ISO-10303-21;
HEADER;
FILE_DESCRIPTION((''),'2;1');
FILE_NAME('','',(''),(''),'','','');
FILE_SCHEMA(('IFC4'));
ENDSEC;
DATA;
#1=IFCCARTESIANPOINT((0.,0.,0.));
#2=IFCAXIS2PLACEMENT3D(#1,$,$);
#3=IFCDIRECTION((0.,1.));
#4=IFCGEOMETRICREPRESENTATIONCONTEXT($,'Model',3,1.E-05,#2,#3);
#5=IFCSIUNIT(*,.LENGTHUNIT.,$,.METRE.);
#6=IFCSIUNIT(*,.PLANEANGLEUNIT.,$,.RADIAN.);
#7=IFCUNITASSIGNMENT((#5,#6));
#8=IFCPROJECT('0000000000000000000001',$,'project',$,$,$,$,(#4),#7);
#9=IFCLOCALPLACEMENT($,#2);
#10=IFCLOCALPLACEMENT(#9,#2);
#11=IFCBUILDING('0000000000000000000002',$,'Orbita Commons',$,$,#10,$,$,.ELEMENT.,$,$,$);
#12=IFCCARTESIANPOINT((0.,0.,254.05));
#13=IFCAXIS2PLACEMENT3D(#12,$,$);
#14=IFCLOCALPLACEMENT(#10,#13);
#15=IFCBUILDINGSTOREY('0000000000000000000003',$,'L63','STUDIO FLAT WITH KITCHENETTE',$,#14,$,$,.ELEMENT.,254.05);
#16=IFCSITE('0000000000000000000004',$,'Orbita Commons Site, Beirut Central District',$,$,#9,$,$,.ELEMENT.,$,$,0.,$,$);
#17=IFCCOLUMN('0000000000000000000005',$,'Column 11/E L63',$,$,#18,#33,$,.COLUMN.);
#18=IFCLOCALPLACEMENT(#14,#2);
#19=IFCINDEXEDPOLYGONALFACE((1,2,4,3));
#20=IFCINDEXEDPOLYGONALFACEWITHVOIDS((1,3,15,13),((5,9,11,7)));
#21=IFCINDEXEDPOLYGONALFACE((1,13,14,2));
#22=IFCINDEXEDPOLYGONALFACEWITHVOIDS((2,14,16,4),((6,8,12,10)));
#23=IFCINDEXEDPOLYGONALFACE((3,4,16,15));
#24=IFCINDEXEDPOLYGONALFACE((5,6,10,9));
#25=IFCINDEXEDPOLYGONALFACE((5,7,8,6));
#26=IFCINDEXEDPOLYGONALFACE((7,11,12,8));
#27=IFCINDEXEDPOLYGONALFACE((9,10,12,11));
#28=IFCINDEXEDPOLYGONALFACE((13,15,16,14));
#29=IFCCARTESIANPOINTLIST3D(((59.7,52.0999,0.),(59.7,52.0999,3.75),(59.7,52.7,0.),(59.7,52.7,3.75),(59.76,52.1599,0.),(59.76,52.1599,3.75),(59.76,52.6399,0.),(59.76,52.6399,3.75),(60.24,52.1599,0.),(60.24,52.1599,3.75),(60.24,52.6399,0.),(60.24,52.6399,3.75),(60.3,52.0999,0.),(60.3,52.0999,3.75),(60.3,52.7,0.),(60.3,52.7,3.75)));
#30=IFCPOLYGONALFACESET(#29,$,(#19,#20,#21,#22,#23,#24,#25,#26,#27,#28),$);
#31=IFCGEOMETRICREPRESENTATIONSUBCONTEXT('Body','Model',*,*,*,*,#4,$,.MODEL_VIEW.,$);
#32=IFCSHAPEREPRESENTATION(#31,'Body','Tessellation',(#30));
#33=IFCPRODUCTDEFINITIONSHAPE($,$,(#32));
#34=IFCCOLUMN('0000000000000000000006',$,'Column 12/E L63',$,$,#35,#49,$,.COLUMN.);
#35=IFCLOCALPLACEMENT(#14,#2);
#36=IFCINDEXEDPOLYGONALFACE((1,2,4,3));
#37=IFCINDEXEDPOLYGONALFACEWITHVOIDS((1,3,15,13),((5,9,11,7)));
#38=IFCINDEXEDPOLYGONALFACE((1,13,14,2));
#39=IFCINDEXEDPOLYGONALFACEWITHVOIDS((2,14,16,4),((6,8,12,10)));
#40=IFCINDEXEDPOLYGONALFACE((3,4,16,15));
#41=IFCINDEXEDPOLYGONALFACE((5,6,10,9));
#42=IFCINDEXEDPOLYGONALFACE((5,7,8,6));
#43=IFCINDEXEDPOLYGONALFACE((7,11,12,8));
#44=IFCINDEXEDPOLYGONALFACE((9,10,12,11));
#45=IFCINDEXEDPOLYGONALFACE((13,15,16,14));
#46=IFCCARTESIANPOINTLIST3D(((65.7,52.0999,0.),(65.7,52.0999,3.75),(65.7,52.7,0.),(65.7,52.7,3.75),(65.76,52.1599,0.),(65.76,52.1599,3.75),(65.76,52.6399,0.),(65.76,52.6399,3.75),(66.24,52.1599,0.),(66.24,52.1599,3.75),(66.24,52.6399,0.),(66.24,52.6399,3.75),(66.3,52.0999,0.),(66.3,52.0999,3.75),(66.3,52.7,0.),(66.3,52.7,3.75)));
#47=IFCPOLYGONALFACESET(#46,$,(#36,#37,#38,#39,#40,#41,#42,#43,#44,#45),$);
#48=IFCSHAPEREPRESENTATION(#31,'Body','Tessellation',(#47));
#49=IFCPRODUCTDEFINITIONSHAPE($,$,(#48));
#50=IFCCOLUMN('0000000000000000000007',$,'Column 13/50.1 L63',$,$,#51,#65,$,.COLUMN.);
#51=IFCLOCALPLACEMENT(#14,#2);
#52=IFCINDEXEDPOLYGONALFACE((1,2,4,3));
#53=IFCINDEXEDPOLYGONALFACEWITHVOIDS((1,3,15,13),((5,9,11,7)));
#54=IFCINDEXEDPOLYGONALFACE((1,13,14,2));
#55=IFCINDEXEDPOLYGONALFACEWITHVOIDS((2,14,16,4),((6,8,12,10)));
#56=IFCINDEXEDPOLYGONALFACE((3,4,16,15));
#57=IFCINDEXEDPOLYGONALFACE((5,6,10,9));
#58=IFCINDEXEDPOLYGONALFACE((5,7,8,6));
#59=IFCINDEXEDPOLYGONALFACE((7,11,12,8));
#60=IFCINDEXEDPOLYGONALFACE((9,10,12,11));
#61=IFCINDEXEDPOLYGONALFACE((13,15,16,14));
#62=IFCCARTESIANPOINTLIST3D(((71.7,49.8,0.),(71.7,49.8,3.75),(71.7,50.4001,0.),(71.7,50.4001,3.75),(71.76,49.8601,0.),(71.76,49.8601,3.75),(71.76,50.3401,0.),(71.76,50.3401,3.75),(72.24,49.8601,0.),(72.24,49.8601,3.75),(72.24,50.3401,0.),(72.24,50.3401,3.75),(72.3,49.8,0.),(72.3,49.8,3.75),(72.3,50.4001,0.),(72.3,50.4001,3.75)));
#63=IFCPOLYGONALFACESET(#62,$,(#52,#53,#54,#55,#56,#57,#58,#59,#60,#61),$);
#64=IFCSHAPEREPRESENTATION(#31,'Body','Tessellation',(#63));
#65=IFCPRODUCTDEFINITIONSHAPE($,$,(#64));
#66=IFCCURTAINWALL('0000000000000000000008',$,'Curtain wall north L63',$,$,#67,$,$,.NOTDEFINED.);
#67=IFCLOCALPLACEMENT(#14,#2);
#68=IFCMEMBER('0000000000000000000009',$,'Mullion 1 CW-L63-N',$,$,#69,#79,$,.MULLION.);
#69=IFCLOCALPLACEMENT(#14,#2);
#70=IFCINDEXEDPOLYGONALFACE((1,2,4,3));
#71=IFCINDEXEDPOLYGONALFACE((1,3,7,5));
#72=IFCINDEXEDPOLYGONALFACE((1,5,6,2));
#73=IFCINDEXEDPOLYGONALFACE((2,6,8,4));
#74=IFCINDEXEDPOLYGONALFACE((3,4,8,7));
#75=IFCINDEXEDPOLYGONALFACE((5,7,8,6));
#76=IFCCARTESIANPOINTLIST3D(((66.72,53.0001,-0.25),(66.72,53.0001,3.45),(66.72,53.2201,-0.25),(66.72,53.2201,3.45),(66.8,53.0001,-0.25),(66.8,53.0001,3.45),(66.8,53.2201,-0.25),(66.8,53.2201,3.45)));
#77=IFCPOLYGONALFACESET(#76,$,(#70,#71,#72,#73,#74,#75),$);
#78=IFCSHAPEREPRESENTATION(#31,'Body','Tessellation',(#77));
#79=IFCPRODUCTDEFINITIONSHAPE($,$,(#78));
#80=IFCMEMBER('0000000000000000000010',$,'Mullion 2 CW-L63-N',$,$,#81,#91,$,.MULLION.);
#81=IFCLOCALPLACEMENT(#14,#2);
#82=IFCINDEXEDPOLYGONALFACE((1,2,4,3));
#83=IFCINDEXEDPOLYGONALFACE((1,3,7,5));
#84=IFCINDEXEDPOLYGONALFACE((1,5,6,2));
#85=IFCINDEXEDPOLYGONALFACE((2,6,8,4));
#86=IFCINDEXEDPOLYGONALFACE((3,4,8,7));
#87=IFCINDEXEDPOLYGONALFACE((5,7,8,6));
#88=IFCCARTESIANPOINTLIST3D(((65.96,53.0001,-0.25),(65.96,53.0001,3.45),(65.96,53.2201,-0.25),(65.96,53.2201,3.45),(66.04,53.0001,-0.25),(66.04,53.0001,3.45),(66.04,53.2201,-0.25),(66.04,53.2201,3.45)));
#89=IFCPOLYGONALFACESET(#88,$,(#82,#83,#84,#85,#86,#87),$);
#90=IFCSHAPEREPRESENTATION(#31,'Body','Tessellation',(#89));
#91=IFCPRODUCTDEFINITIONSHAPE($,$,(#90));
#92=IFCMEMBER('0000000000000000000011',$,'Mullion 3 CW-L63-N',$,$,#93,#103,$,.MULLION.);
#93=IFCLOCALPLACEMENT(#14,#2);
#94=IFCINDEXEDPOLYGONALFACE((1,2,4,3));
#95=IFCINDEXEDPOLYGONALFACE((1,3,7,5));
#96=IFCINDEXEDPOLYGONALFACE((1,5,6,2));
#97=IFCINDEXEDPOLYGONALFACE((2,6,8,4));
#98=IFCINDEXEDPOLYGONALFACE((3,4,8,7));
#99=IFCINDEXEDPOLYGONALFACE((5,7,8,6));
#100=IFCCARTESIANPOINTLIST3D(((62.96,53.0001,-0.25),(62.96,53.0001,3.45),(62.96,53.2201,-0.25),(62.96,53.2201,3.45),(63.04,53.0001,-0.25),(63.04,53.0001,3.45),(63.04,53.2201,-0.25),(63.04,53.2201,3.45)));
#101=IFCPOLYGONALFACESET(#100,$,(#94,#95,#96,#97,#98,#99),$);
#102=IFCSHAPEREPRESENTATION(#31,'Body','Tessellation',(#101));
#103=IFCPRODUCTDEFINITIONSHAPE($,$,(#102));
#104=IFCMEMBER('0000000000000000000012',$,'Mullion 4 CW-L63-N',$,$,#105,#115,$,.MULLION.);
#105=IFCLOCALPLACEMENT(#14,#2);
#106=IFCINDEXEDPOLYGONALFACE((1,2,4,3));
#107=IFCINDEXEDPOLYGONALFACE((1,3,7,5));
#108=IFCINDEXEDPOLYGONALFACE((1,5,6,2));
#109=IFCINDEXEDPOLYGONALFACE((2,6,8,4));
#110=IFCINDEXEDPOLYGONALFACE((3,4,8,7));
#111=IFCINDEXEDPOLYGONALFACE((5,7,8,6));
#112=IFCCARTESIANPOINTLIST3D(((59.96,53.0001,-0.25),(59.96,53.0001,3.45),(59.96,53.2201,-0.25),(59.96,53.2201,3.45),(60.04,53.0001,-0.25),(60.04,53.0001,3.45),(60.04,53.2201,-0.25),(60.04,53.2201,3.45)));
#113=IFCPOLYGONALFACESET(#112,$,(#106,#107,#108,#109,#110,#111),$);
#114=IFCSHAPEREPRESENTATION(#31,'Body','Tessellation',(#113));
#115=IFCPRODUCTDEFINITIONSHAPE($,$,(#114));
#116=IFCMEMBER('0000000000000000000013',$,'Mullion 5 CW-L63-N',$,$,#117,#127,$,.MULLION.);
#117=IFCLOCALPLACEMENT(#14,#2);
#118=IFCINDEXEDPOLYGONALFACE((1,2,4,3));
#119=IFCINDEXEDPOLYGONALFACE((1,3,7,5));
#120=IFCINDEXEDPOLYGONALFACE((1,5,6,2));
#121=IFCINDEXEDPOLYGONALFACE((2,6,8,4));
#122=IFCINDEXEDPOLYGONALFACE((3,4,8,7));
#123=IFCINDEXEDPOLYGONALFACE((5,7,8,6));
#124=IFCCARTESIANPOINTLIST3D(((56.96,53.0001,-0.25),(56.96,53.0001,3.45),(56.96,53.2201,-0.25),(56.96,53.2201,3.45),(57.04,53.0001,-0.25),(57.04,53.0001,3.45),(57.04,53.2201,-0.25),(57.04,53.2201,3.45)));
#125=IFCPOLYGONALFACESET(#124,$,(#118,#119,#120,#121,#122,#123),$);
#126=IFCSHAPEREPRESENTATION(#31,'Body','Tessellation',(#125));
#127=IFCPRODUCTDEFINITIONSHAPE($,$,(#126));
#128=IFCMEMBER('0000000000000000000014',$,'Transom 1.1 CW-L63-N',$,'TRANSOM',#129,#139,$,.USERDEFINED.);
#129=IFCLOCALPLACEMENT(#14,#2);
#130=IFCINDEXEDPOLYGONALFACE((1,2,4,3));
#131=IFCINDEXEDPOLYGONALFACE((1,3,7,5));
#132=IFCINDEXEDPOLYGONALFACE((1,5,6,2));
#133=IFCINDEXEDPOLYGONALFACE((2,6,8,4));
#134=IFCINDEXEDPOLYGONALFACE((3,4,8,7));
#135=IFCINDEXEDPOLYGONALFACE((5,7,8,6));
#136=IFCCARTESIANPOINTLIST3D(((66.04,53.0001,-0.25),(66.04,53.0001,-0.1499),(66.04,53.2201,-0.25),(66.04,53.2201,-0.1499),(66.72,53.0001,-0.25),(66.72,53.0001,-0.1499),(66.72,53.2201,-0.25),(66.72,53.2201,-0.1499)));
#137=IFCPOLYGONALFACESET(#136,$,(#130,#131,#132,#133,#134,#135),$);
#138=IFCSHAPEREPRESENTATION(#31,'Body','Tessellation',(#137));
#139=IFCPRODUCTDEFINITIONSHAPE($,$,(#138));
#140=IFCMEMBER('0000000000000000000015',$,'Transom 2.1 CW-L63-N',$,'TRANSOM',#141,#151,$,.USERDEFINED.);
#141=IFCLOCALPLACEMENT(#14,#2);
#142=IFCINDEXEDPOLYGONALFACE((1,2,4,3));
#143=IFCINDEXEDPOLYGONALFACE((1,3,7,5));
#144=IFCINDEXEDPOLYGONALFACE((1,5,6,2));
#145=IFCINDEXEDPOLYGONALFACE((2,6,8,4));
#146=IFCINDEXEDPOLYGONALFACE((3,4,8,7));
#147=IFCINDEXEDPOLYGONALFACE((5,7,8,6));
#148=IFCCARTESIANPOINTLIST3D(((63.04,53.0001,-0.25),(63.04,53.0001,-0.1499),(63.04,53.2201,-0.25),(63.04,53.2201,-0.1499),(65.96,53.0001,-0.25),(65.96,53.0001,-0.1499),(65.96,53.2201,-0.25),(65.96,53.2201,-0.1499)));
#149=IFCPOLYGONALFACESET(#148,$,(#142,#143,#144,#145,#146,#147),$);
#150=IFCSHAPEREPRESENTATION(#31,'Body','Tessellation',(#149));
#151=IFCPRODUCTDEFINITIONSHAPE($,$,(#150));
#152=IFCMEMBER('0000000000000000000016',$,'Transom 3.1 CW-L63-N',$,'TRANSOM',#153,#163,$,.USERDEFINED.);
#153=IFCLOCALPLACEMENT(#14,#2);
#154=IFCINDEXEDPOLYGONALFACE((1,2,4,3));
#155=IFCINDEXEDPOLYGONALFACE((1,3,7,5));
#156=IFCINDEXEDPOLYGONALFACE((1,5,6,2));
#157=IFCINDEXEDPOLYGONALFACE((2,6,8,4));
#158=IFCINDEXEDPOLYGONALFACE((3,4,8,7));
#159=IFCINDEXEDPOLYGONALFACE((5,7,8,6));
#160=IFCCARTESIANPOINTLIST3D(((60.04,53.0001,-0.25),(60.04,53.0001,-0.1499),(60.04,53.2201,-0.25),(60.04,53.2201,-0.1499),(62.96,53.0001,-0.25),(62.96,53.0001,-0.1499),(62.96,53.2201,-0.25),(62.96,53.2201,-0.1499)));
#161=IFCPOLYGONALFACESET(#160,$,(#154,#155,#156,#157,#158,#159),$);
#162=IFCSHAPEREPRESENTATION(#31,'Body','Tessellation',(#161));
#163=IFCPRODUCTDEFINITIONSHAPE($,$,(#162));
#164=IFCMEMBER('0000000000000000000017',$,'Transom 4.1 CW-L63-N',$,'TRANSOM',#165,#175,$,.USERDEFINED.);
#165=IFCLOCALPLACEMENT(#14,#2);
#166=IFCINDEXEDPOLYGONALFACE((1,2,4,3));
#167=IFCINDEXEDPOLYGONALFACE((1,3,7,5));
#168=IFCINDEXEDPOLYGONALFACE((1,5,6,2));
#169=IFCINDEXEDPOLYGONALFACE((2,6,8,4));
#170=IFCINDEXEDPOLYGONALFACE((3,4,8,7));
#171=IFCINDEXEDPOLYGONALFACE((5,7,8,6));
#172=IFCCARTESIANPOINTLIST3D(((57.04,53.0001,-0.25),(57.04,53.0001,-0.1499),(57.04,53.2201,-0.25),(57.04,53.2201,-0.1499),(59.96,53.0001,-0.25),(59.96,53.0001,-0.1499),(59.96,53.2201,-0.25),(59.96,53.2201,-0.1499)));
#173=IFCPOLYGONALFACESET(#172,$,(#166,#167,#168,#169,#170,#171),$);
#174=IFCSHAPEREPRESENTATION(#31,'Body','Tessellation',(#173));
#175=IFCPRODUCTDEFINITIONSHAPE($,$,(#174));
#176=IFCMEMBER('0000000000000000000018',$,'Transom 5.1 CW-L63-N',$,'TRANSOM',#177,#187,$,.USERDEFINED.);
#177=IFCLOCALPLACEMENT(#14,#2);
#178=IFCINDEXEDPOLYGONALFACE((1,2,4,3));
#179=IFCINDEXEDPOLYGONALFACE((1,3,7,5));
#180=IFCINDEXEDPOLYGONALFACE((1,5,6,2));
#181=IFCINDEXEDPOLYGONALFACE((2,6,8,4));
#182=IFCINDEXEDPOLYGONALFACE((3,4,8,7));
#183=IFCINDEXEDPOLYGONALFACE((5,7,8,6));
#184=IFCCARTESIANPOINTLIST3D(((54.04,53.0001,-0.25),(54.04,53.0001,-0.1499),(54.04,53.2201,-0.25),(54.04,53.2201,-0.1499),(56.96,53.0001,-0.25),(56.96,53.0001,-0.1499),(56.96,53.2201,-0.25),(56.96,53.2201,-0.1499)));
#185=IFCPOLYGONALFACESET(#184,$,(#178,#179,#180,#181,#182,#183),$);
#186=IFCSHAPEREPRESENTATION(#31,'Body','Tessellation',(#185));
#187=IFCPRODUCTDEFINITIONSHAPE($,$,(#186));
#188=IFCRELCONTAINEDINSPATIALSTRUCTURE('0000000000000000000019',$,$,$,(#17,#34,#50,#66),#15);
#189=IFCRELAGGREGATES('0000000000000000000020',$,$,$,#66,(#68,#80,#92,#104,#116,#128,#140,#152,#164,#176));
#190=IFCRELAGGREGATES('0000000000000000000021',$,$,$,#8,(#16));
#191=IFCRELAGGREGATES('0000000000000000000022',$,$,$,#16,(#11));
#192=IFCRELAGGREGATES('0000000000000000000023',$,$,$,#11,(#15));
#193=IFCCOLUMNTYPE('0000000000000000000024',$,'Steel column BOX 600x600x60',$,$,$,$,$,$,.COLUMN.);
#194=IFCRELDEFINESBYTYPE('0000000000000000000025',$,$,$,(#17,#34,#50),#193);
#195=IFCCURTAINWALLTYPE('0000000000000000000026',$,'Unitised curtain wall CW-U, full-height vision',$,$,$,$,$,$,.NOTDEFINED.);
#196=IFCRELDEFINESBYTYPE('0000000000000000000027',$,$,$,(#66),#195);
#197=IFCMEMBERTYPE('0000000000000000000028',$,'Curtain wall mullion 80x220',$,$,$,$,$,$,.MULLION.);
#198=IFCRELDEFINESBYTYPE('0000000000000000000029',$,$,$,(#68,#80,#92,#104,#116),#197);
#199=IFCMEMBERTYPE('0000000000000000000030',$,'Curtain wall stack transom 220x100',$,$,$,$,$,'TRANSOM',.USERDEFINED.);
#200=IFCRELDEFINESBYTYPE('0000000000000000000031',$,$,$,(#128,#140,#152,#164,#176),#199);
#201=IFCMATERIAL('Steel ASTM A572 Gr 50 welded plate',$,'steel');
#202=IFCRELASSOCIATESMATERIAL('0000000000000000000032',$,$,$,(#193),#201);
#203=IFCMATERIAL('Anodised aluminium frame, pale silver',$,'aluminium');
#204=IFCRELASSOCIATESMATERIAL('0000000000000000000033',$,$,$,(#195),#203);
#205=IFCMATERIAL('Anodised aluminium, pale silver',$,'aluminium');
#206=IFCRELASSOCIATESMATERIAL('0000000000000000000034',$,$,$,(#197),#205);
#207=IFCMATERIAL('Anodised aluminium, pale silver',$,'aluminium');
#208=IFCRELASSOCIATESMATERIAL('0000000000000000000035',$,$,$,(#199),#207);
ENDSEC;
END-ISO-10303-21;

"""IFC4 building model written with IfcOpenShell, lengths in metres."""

from ifc_helpers import new_model, si_unit, direction, frame, origin, origin_2d, place, context, subcontext, project, spatial, rectangle, hollow_rectangle, extrude, material, material_profile, profile_set, type_object, element, aggregate, save


model = new_model("IFC4")

# Units and contexts
model_context = context("Model", 3, precision=1e-05, world=origin(), true_north=direction((0.0, 1.0)))
body_context = subcontext(model_context, "Body", "Model", "MODEL_VIEW")
ifc_project = project(units=[si_unit("LENGTHUNIT", "METRE"), si_unit("PLANEANGLEUNIT", "RADIAN")], contexts=[model_context])

# Site, building, storey
site_placement = place(None, origin())
site = spatial("IfcSite", under=ifc_project, at=site_placement, Name="Orbita Commons Site, Beirut Central District", CompositionType="ELEMENT", RefElevation=0.0)
building_placement = place(site_placement, origin())
building = spatial("IfcBuilding", under=site, at=building_placement, Name="Orbita Commons", CompositionType="ELEMENT")
storey_placement = place(building_placement, frame((0.0, 0.0, 254.05)))
storey = spatial("IfcBuildingStorey", under=building, at=storey_placement, Name="L63", Description="STUDIO FLAT WITH KITCHENETTE", CompositionType="ELEMENT", Elevation=254.05)

# Columns
ifc_material_1 = material(Name="Steel ASTM A572 Gr 50 welded plate", Category="steel")
ifc_material_profile_1 = material_profile(ifc_material_1, hollow_rectangle(XDim=0.6001, YDim=0.6001, WallThickness=0.0601, at=origin_2d()), Name="BOX 600x600x60")
ifc_profile_set_1 = profile_set([ifc_material_profile_1], Name="Steel ASTM A572 Gr 50 welded plate")
column_type = type_object("IfcColumnType", Name="Steel column BOX 600x600x60", PredefinedType="COLUMN", material=ifc_profile_set_1)
for number, where, z_axis, x_axis, name in (
    (1, (60.0, 52.3999, 0.0), (0.0, 0.0, 1.0), (1.0, 0.0, 0.0), "Column 11/E L63"),
    (2, (66.0, 52.3999, 0.0), (0.0, 0.0, 1.0), (1.0, 0.0, 0.0), "Column 12/E L63"),
    (3, (72.0, 50.1001, 0.0), (0.0, 0.0, 1.0), (1.0, 0.0, 0.0), "Column 13/50.1 L63"),
):
    element("IfcColumn", number, at=place(storey_placement, frame(where, z_axis=z_axis, x_axis=x_axis)), inside=storey, type_object=column_type, Name=name, PredefinedType="COLUMN", context=body_context, shape_type="SweptSolid", body=[
        extrude(hollow_rectangle(XDim=0.6001, YDim=0.6001, WallThickness=0.0601, at=origin_2d()), origin(), (0.0, 0.0, 1.0), 3.75),
    ])

# Curtain wall, members
ifc_material_2 = material(Name="Anodised aluminium frame, pale silver", Category="aluminium")
curtain_wall_type = type_object("IfcCurtainWallType", Name="Unitised curtain wall CW-U, full-height vision", PredefinedType="NOTDEFINED", material=ifc_material_2)
curtain_wall_placement = place(storey_placement, origin())
curtain_wall = element("IfcCurtainWall", 4, at=curtain_wall_placement, inside=storey, type_object=curtain_wall_type, Name="Curtain wall north L63", PredefinedType="NOTDEFINED")
ifc_material_3 = material(Name="Anodised aluminium, pale silver", Category="aluminium")
ifc_material_profile_2 = material_profile(ifc_material_3, rectangle(XDim=0.0801, YDim=0.22, at=origin_2d()), Name="AL 80x220")
ifc_profile_set_2 = profile_set([ifc_material_profile_2], Name="Anodised aluminium, pale silver")
member_type_1 = type_object("IfcMemberType", Name="Curtain wall mullion 80x220", PredefinedType="MULLION", material=ifc_profile_set_2)
member_1_placement = place(storey_placement, frame((66.76, 53.1101, -0.25), z_axis=(0.0, 0.0, 1.0), x_axis=(-1.0, 0.0, 0.0)))
member_1 = element("IfcMember", 5, at=member_1_placement, type_object=member_type_1, Name="Mullion 1 CW-L63-N", PredefinedType="MULLION", context=body_context, shape_type="SweptSolid", body=[
    extrude(rectangle(XDim=0.0801, YDim=0.22, at=origin_2d()), origin(), (0.0, 0.0, 1.0), 3.7),
])
member_2_placement = place(storey_placement, frame((66.0, 53.1101, -0.25), z_axis=(0.0, 0.0, 1.0), x_axis=(-1.0, 0.0, 0.0)))
member_2 = element("IfcMember", 6, at=member_2_placement, type_object=member_type_1, Name="Mullion 2 CW-L63-N", PredefinedType="MULLION", context=body_context, shape_type="SweptSolid", body=[
    extrude(rectangle(XDim=0.0801, YDim=0.22, at=origin_2d()), origin(), (0.0, 0.0, 1.0), 3.7),
])
member_3_placement = place(storey_placement, frame((63.0, 53.1101, -0.25), z_axis=(0.0, 0.0, 1.0), x_axis=(-1.0, 0.0, 0.0)))
member_3 = element("IfcMember", 7, at=member_3_placement, type_object=member_type_1, Name="Mullion 3 CW-L63-N", PredefinedType="MULLION", context=body_context, shape_type="SweptSolid", body=[
    extrude(rectangle(XDim=0.0801, YDim=0.22, at=origin_2d()), origin(), (0.0, 0.0, 1.0), 3.7),
])
member_4_placement = place(storey_placement, frame((60.0, 53.1101, -0.25), z_axis=(0.0, 0.0, 1.0), x_axis=(-1.0, 0.0, 0.0)))
member_4 = element("IfcMember", 8, at=member_4_placement, type_object=member_type_1, Name="Mullion 4 CW-L63-N", PredefinedType="MULLION", context=body_context, shape_type="SweptSolid", body=[
    extrude(rectangle(XDim=0.0801, YDim=0.22, at=origin_2d()), origin(), (0.0, 0.0, 1.0), 3.7),
])
member_5_placement = place(storey_placement, frame((57.0, 53.1101, -0.25), z_axis=(0.0, 0.0, 1.0), x_axis=(-1.0, 0.0, 0.0)))
member_5 = element("IfcMember", 9, at=member_5_placement, type_object=member_type_1, Name="Mullion 5 CW-L63-N", PredefinedType="MULLION", context=body_context, shape_type="SweptSolid", body=[
    extrude(rectangle(XDim=0.0801, YDim=0.22, at=origin_2d()), origin(), (0.0, 0.0, 1.0), 3.7),
])
ifc_material_4 = material(Name="Anodised aluminium, pale silver", Category="aluminium")
ifc_material_profile_3 = material_profile(ifc_material_4, rectangle(XDim=0.22, YDim=0.1001, at=origin_2d()), Name="AL 220x100")
ifc_profile_set_3 = profile_set([ifc_material_profile_3], Name="Anodised aluminium, pale silver")
member_type_2 = type_object("IfcMemberType", Name="Curtain wall stack transom 220x100", ElementType="TRANSOM", PredefinedType="USERDEFINED", material=ifc_profile_set_3)
member_6_placement = place(storey_placement, frame((66.72, 53.1101, -0.2), z_axis=(-1.0, 0.0, 0.0), x_axis=(0.0, -1.0, 0.0)))
member_6 = element("IfcMember", 10, at=member_6_placement, type_object=member_type_2, Name="Transom 1.1 CW-L63-N", ObjectType="TRANSOM", PredefinedType="USERDEFINED", context=body_context, shape_type="SweptSolid", body=[
    extrude(rectangle(XDim=0.22, YDim=0.1001, at=origin_2d()), origin(), (0.0, 0.0, 1.0), 0.6799),
])
member_7_placement = place(storey_placement, frame((65.96, 53.1101, -0.2), z_axis=(-1.0, 0.0, 0.0), x_axis=(0.0, -1.0, 0.0)))
member_7 = element("IfcMember", 11, at=member_7_placement, type_object=member_type_2, Name="Transom 2.1 CW-L63-N", ObjectType="TRANSOM", PredefinedType="USERDEFINED", context=body_context, shape_type="SweptSolid", body=[
    extrude(rectangle(XDim=0.22, YDim=0.1001, at=origin_2d()), origin(), (0.0, 0.0, 1.0), 2.9199),
])
member_8_placement = place(storey_placement, frame((62.96, 53.1101, -0.2), z_axis=(-1.0, 0.0, 0.0), x_axis=(0.0, -1.0, 0.0)))
member_8 = element("IfcMember", 12, at=member_8_placement, type_object=member_type_2, Name="Transom 3.1 CW-L63-N", ObjectType="TRANSOM", PredefinedType="USERDEFINED", context=body_context, shape_type="SweptSolid", body=[
    extrude(rectangle(XDim=0.22, YDim=0.1001, at=origin_2d()), origin(), (0.0, 0.0, 1.0), 2.9199),
])
member_9_placement = place(storey_placement, frame((59.96, 53.1101, -0.2), z_axis=(-1.0, 0.0, 0.0), x_axis=(0.0, -1.0, 0.0)))
member_9 = element("IfcMember", 13, at=member_9_placement, type_object=member_type_2, Name="Transom 4.1 CW-L63-N", ObjectType="TRANSOM", PredefinedType="USERDEFINED", context=body_context, shape_type="SweptSolid", body=[
    extrude(rectangle(XDim=0.22, YDim=0.1001, at=origin_2d()), origin(), (0.0, 0.0, 1.0), 2.9199),
])
member_10_placement = place(storey_placement, frame((56.96, 53.1101, -0.2), z_axis=(-1.0, 0.0, 0.0), x_axis=(0.0, -1.0, 0.0)))
member_10 = element("IfcMember", 14, at=member_10_placement, type_object=member_type_2, Name="Transom 5.1 CW-L63-N", ObjectType="TRANSOM", PredefinedType="USERDEFINED", context=body_context, shape_type="SweptSolid", body=[
    extrude(rectangle(XDim=0.22, YDim=0.1001, at=origin_2d()), origin(), (0.0, 0.0, 1.0), 2.9199),
])

aggregate(curtain_wall, [member_1, member_2, member_3, member_4, member_5, member_6, member_7, member_8, member_9, member_10])

save(model, "model.ifc")
